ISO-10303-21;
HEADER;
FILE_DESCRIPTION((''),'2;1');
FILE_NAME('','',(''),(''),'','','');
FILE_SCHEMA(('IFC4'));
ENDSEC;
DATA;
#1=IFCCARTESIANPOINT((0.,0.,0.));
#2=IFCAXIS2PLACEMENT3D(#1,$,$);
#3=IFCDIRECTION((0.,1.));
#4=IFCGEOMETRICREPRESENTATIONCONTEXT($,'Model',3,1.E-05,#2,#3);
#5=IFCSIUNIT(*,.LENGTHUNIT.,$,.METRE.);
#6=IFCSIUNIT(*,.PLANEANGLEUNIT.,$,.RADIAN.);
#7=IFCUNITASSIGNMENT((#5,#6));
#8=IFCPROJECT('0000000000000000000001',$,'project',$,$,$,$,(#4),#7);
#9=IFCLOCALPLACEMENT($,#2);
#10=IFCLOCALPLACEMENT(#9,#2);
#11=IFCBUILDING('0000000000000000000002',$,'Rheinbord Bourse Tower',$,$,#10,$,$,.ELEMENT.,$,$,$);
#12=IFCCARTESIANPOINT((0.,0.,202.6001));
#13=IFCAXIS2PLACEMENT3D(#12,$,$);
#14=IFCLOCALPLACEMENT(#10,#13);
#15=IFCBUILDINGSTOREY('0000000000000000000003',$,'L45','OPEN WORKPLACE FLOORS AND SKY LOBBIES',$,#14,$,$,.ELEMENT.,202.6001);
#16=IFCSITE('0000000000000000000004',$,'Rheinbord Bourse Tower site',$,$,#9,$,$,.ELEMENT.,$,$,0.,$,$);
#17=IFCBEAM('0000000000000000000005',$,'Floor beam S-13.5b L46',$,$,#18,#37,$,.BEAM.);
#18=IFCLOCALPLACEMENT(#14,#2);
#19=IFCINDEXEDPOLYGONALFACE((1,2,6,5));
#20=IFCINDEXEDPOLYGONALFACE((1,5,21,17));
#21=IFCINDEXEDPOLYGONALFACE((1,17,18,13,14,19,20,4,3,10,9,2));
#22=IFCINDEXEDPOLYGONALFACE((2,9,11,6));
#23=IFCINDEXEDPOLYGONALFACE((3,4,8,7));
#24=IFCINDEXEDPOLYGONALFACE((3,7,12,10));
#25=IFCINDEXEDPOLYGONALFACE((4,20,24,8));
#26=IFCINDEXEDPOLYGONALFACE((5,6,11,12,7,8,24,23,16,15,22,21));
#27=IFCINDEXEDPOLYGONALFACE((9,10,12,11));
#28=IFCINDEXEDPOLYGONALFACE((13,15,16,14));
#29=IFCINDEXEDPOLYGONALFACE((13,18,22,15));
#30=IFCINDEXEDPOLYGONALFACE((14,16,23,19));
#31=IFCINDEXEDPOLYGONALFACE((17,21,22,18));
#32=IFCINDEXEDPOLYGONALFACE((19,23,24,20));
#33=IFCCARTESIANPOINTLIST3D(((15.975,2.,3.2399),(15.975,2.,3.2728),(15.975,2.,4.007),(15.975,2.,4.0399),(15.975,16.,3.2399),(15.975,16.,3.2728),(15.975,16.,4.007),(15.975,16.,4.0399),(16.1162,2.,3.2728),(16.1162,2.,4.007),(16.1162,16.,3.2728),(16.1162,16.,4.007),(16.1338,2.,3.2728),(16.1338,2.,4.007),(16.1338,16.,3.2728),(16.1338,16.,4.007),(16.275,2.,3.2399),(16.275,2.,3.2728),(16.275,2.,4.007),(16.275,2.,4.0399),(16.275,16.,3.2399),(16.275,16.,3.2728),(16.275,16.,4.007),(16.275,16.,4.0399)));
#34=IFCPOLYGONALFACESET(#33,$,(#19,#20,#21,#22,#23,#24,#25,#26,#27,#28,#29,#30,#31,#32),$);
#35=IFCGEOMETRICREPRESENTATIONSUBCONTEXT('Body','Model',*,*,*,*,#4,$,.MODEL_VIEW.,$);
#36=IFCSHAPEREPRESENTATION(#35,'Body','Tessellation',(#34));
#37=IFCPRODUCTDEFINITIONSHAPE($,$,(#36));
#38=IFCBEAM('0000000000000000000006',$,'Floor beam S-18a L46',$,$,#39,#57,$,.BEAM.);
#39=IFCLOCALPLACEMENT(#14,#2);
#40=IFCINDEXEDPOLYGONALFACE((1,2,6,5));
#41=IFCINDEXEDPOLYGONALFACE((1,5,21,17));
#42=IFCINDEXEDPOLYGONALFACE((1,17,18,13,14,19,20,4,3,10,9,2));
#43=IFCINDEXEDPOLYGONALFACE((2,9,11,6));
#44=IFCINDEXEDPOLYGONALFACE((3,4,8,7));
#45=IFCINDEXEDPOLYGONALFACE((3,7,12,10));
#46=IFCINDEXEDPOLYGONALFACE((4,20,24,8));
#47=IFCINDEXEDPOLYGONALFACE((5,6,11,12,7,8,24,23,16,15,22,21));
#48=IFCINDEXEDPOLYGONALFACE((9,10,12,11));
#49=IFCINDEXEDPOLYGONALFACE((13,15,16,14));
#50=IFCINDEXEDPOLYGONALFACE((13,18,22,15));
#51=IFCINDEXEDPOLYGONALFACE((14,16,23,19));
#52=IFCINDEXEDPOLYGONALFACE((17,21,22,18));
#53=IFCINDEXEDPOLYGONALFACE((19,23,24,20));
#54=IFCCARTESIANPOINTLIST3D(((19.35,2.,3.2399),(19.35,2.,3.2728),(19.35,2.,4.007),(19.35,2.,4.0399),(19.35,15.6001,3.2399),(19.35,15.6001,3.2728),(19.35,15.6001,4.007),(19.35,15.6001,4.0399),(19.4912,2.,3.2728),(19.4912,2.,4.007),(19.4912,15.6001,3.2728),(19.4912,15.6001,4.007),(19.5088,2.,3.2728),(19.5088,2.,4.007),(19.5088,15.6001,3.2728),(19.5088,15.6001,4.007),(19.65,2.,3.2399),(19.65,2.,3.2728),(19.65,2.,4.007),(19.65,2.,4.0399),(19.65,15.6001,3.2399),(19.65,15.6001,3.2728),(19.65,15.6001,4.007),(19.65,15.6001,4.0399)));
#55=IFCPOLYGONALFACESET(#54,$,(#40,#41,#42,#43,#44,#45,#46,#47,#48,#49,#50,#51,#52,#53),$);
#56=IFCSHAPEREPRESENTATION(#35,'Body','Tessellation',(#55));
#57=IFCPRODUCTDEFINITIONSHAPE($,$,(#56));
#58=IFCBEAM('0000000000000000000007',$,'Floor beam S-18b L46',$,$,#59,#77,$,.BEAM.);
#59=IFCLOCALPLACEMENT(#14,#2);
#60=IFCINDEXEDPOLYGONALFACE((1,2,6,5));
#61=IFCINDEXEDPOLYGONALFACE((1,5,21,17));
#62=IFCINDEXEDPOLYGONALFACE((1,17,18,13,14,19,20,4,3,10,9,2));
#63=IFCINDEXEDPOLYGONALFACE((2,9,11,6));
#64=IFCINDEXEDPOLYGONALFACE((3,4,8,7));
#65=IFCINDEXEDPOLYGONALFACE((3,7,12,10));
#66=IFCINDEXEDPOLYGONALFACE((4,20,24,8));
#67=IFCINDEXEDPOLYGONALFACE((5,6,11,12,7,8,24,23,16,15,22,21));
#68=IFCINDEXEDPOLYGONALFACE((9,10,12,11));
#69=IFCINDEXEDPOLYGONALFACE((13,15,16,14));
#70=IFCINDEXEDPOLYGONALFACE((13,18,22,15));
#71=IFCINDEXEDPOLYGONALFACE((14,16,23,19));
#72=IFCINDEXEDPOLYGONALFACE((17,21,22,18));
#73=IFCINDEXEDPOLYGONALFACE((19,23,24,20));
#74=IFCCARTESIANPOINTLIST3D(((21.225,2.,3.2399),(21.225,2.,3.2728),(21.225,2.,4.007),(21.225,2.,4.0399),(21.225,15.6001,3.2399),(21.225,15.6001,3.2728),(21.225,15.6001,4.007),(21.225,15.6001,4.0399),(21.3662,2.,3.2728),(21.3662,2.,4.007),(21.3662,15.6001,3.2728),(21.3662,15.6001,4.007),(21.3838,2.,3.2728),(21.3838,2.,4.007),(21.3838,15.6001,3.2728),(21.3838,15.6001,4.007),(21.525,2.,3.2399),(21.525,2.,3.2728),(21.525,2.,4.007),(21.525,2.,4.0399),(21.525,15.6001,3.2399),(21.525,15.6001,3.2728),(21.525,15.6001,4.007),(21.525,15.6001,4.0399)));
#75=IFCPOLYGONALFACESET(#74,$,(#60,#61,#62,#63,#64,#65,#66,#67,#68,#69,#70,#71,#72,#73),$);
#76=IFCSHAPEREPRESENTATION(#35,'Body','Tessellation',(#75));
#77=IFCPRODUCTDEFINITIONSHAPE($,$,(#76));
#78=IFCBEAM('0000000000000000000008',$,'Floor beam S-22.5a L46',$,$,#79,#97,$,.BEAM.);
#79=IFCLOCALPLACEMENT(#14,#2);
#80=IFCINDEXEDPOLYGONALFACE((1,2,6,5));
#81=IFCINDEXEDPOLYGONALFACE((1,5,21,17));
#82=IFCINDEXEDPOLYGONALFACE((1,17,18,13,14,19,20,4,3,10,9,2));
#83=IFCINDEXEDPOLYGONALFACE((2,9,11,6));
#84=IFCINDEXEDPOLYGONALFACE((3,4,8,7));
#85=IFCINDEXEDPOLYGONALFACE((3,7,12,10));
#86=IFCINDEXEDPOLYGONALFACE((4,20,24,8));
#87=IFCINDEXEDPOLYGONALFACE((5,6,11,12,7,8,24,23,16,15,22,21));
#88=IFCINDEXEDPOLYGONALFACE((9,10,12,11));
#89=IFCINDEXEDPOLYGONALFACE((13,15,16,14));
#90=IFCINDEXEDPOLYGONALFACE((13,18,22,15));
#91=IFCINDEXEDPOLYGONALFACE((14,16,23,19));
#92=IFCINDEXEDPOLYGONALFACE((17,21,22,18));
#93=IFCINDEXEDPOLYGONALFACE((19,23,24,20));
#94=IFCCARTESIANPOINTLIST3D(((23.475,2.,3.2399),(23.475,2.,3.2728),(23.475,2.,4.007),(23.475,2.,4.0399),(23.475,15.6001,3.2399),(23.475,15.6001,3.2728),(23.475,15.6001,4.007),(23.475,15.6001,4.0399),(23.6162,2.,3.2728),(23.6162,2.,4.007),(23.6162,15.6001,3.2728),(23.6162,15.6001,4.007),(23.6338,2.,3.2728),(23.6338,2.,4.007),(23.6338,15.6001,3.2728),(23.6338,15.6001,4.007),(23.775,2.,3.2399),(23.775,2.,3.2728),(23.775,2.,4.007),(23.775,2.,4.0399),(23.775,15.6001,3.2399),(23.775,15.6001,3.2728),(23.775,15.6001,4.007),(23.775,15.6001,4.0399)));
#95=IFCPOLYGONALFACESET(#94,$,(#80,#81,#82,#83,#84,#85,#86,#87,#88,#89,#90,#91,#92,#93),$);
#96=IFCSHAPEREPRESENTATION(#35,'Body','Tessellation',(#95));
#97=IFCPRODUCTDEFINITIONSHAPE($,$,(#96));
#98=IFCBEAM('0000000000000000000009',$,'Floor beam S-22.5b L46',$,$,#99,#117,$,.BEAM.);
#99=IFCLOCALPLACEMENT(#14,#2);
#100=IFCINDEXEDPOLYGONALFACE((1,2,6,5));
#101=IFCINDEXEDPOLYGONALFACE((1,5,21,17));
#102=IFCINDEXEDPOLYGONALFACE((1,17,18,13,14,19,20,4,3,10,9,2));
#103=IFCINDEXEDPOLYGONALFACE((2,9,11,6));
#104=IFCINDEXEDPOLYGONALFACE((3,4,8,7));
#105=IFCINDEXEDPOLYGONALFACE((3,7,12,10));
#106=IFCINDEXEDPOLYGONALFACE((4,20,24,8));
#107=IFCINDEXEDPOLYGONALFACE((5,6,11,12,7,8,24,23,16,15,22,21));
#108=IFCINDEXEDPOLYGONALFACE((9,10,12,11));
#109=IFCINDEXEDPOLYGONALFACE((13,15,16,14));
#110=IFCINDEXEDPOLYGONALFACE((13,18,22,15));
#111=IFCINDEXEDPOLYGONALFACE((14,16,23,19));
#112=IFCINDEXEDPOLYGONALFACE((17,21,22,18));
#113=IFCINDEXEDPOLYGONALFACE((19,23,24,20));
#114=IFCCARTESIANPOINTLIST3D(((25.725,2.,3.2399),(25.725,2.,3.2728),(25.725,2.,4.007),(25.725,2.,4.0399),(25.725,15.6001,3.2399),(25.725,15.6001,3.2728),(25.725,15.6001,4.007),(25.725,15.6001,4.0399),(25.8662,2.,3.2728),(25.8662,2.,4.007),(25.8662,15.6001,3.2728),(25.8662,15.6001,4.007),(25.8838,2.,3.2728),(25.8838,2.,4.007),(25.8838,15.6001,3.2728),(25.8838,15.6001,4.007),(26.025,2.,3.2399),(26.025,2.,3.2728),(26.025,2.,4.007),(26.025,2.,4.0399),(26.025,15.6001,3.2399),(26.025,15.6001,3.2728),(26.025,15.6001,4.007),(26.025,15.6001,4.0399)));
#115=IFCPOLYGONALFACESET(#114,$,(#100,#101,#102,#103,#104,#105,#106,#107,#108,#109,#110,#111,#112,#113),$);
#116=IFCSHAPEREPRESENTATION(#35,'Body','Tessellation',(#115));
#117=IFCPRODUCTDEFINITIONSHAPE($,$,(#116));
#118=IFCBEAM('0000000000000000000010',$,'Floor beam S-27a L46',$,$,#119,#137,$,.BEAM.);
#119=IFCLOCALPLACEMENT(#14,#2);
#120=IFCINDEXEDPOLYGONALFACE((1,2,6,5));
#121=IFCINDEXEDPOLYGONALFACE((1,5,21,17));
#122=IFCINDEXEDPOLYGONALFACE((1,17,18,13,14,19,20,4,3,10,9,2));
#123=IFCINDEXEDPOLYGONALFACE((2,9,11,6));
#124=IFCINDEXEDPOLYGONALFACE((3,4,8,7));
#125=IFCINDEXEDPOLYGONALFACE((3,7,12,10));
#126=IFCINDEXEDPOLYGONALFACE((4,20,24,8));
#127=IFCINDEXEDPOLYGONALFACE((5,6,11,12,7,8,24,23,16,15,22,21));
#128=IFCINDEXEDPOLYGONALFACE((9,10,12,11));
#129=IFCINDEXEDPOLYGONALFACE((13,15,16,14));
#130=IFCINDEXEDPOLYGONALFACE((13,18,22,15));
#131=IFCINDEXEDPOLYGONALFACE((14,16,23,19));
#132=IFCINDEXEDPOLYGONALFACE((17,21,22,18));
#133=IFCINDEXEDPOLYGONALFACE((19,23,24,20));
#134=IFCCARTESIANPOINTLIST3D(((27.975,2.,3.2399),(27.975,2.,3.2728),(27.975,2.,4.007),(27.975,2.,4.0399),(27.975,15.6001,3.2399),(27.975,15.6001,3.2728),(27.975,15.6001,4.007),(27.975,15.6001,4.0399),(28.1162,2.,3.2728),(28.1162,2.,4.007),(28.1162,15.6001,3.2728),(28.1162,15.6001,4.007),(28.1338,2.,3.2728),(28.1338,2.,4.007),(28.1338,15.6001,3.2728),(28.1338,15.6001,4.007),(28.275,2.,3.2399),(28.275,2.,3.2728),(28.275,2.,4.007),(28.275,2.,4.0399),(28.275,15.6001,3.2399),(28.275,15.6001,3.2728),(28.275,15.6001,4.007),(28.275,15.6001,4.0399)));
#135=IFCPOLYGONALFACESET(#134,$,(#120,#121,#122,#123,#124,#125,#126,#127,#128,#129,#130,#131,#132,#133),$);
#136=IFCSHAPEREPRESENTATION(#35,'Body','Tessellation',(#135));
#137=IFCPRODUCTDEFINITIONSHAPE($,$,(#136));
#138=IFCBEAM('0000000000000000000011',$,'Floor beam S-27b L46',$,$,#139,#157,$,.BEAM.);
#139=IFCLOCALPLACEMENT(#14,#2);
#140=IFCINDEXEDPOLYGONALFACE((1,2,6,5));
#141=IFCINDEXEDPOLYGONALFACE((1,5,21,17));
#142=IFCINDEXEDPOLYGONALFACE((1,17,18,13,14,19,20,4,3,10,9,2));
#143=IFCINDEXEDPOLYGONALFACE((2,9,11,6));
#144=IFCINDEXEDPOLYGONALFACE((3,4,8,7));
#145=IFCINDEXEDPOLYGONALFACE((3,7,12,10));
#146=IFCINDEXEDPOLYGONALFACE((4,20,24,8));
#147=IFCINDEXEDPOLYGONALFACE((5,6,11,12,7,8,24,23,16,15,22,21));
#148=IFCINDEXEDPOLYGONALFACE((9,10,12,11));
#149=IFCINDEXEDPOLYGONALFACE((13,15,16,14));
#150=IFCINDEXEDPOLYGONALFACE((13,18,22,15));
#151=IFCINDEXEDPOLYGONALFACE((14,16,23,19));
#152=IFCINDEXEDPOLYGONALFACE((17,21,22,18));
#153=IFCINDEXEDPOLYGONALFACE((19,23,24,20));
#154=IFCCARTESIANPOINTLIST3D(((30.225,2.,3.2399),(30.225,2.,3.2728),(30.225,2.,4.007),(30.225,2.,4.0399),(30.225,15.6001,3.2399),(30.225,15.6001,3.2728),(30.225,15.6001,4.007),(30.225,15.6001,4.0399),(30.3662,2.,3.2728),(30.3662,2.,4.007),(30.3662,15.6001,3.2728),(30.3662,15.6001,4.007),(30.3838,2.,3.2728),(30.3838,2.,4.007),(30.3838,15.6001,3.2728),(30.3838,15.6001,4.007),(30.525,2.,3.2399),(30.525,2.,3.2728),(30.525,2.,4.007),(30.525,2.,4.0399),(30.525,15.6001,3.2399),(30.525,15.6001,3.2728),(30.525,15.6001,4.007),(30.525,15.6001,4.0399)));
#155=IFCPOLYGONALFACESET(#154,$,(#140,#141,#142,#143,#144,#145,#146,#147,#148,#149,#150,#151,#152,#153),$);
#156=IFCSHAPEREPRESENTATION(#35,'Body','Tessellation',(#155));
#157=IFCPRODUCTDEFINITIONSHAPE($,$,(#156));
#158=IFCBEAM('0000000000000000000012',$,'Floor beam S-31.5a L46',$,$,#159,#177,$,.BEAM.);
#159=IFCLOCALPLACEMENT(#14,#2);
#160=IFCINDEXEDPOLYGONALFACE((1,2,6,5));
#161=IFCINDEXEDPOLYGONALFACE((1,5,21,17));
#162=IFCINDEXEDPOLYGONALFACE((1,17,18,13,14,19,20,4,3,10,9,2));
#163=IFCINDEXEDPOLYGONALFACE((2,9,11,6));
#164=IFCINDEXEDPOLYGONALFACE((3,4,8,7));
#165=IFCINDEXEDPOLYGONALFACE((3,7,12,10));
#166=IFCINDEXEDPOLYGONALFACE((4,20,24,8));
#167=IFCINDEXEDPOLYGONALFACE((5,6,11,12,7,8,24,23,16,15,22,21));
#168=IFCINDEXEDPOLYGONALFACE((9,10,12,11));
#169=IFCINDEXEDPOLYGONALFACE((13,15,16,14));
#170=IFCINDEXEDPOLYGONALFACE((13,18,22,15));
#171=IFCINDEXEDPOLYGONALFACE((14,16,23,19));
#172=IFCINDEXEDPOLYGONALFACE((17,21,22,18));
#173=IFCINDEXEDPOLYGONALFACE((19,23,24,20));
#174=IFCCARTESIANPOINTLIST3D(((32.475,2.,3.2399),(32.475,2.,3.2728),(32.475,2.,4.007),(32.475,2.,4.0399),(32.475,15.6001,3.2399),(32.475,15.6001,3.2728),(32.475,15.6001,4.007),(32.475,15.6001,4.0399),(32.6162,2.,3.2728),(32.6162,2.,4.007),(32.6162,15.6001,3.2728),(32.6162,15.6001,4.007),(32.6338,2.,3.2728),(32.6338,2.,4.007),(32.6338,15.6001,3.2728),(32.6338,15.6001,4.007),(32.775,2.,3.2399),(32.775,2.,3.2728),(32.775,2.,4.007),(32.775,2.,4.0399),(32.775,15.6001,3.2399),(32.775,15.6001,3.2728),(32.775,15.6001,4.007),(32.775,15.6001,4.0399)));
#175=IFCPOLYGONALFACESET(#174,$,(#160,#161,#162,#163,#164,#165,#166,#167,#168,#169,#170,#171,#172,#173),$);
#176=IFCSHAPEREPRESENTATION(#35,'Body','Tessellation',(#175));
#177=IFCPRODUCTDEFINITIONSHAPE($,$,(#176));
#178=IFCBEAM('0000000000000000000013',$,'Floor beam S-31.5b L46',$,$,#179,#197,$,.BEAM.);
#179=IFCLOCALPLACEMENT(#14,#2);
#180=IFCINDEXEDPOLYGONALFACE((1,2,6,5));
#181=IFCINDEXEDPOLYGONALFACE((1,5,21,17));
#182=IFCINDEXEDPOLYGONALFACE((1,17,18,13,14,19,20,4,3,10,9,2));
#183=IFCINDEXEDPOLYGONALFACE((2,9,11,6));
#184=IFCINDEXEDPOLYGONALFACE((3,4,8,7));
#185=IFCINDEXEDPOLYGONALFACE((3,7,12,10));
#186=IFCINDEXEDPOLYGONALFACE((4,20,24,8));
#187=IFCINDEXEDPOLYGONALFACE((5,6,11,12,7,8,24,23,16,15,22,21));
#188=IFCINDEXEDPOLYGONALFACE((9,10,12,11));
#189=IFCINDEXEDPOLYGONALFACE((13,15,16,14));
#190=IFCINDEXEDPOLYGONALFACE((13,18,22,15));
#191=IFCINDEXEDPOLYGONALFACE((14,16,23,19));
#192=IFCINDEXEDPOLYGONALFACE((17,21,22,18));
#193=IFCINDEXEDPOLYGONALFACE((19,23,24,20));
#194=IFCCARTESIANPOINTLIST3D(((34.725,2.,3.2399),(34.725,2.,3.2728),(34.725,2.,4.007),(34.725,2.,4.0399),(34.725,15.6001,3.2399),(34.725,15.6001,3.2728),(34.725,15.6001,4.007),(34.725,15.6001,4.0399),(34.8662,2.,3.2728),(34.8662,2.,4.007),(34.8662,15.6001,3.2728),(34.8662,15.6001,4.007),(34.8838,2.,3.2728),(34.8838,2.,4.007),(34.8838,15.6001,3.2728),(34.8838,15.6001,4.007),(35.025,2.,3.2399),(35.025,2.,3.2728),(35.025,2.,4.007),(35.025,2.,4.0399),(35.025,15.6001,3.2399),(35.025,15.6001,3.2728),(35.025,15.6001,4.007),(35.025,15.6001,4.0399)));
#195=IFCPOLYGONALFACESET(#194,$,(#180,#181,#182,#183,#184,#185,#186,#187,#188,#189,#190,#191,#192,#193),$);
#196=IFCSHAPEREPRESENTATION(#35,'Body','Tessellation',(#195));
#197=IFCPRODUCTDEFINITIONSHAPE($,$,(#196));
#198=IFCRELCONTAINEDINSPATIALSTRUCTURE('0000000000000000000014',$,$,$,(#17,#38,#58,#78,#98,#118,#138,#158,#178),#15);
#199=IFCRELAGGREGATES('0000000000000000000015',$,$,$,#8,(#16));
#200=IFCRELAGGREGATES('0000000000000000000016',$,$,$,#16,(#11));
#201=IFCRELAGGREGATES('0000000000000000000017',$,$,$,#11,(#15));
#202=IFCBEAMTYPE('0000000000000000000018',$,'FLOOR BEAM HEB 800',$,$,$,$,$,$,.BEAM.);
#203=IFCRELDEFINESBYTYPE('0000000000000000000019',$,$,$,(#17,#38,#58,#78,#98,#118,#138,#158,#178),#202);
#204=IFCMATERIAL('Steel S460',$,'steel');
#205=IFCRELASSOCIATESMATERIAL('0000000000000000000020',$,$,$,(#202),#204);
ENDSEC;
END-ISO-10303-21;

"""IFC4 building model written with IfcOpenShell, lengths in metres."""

from ifc_helpers import new_model, si_unit, direction, frame, origin, origin_2d, place, context, subcontext, project, spatial, i_section, extrude, material, material_profile, profile_set, type_object, element, save


model = new_model("IFC4")

# Units and contexts
model_context = context("Model", 3, precision=1e-05, world=origin(), true_north=direction((0.0, 1.0)))
body_context = subcontext(model_context, "Body", "Model", "MODEL_VIEW")
ifc_project = project(units=[si_unit("LENGTHUNIT", "METRE"), si_unit("PLANEANGLEUNIT", "RADIAN")], contexts=[model_context])

# Site, building, storey
site_placement = place(None, origin())
site = spatial("IfcSite", under=ifc_project, at=site_placement, Name="Rheinbord Bourse Tower site", CompositionType="ELEMENT", RefElevation=0.0)
building_placement = place(site_placement, origin())
building = spatial("IfcBuilding", under=site, at=building_placement, Name="Rheinbord Bourse Tower", CompositionType="ELEMENT")
storey_placement = place(building_placement, frame((0.0, 0.0, 202.6001)))
storey = spatial("IfcBuildingStorey", under=building, at=storey_placement, Name="L45", Description="OPEN WORKPLACE FLOORS AND SKY LOBBIES", CompositionType="ELEMENT", Elevation=202.6001)

# Beams
ifc_material_1 = material(Name="Steel S460", Category="steel")
ifc_material_profile_1 = material_profile(ifc_material_1, i_section(OverallWidth=0.3, OverallDepth=0.8, WebThickness=0.0176, FlangeThickness=0.033, at=origin_2d()), Name="HEB 800")
ifc_profile_set_1 = profile_set([ifc_material_profile_1], Name="Steel S460")
beam_type_1 = type_object("IfcBeamType", Name="FLOOR BEAM HEB 800", PredefinedType="BEAM", material=ifc_profile_set_1)
beam_placement = place(storey_placement, frame((16.125, 2.0, 3.6399), z_axis=(0.0, 1.0, 0.0), x_axis=(-1.0, 0.0, 0.0)))
element("IfcBeam", 1, at=beam_placement, inside=storey, type_object=beam_type_1, Name="Floor beam S-13.5b L46", PredefinedType="BEAM", context=body_context, shape_type="SweptSolid", body=[
    extrude(i_section(OverallWidth=0.3, OverallDepth=0.8, WebThickness=0.0176, FlangeThickness=0.033, at=origin_2d()), origin(), (0.0, 0.0, 1.0), 14.0),
])
for number, where, z_axis, x_axis, name in (
    (2, (19.5, 2.0, 3.6399), (0.0, 1.0, 0.0), (-1.0, 0.0, 0.0), "Floor beam S-18a L46"),
    (3, (21.375, 2.0, 3.6399), (0.0, 1.0, 0.0), (-1.0, 0.0, 0.0), "Floor beam S-18b L46"),
    (4, (23.625, 2.0, 3.6399), (0.0, 1.0, 0.0), (-1.0, 0.0, 0.0), "Floor beam S-22.5a L46"),
    (5, (25.875, 2.0, 3.6399), (0.0, 1.0, 0.0), (-1.0, 0.0, 0.0), "Floor beam S-22.5b L46"),
    (6, (28.125, 2.0, 3.6399), (0.0, 1.0, 0.0), (-1.0, 0.0, 0.0), "Floor beam S-27a L46"),
    (7, (30.375, 2.0, 3.6399), (0.0, 1.0, 0.0), (-1.0, 0.0, 0.0), "Floor beam S-27b L46"),
    (8, (32.625, 2.0, 3.6399), (0.0, 1.0, 0.0), (-1.0, 0.0, 0.0), "Floor beam S-31.5a L46"),
    (9, (34.875, 2.0, 3.6399), (0.0, 1.0, 0.0), (-1.0, 0.0, 0.0), "Floor beam S-31.5b L46"),
):
    element("IfcBeam", number, at=place(storey_placement, frame(where, z_axis=z_axis, x_axis=x_axis)), inside=storey, type_object=beam_type_1, Name=name, PredefinedType="BEAM", context=body_context, shape_type="SweptSolid", body=[
        extrude(i_section(OverallWidth=0.3, OverallDepth=0.8, WebThickness=0.0176, FlangeThickness=0.033, at=origin_2d()), origin(), (0.0, 0.0, 1.0), 13.6001),
    ])

save(model, "model.ifc")
